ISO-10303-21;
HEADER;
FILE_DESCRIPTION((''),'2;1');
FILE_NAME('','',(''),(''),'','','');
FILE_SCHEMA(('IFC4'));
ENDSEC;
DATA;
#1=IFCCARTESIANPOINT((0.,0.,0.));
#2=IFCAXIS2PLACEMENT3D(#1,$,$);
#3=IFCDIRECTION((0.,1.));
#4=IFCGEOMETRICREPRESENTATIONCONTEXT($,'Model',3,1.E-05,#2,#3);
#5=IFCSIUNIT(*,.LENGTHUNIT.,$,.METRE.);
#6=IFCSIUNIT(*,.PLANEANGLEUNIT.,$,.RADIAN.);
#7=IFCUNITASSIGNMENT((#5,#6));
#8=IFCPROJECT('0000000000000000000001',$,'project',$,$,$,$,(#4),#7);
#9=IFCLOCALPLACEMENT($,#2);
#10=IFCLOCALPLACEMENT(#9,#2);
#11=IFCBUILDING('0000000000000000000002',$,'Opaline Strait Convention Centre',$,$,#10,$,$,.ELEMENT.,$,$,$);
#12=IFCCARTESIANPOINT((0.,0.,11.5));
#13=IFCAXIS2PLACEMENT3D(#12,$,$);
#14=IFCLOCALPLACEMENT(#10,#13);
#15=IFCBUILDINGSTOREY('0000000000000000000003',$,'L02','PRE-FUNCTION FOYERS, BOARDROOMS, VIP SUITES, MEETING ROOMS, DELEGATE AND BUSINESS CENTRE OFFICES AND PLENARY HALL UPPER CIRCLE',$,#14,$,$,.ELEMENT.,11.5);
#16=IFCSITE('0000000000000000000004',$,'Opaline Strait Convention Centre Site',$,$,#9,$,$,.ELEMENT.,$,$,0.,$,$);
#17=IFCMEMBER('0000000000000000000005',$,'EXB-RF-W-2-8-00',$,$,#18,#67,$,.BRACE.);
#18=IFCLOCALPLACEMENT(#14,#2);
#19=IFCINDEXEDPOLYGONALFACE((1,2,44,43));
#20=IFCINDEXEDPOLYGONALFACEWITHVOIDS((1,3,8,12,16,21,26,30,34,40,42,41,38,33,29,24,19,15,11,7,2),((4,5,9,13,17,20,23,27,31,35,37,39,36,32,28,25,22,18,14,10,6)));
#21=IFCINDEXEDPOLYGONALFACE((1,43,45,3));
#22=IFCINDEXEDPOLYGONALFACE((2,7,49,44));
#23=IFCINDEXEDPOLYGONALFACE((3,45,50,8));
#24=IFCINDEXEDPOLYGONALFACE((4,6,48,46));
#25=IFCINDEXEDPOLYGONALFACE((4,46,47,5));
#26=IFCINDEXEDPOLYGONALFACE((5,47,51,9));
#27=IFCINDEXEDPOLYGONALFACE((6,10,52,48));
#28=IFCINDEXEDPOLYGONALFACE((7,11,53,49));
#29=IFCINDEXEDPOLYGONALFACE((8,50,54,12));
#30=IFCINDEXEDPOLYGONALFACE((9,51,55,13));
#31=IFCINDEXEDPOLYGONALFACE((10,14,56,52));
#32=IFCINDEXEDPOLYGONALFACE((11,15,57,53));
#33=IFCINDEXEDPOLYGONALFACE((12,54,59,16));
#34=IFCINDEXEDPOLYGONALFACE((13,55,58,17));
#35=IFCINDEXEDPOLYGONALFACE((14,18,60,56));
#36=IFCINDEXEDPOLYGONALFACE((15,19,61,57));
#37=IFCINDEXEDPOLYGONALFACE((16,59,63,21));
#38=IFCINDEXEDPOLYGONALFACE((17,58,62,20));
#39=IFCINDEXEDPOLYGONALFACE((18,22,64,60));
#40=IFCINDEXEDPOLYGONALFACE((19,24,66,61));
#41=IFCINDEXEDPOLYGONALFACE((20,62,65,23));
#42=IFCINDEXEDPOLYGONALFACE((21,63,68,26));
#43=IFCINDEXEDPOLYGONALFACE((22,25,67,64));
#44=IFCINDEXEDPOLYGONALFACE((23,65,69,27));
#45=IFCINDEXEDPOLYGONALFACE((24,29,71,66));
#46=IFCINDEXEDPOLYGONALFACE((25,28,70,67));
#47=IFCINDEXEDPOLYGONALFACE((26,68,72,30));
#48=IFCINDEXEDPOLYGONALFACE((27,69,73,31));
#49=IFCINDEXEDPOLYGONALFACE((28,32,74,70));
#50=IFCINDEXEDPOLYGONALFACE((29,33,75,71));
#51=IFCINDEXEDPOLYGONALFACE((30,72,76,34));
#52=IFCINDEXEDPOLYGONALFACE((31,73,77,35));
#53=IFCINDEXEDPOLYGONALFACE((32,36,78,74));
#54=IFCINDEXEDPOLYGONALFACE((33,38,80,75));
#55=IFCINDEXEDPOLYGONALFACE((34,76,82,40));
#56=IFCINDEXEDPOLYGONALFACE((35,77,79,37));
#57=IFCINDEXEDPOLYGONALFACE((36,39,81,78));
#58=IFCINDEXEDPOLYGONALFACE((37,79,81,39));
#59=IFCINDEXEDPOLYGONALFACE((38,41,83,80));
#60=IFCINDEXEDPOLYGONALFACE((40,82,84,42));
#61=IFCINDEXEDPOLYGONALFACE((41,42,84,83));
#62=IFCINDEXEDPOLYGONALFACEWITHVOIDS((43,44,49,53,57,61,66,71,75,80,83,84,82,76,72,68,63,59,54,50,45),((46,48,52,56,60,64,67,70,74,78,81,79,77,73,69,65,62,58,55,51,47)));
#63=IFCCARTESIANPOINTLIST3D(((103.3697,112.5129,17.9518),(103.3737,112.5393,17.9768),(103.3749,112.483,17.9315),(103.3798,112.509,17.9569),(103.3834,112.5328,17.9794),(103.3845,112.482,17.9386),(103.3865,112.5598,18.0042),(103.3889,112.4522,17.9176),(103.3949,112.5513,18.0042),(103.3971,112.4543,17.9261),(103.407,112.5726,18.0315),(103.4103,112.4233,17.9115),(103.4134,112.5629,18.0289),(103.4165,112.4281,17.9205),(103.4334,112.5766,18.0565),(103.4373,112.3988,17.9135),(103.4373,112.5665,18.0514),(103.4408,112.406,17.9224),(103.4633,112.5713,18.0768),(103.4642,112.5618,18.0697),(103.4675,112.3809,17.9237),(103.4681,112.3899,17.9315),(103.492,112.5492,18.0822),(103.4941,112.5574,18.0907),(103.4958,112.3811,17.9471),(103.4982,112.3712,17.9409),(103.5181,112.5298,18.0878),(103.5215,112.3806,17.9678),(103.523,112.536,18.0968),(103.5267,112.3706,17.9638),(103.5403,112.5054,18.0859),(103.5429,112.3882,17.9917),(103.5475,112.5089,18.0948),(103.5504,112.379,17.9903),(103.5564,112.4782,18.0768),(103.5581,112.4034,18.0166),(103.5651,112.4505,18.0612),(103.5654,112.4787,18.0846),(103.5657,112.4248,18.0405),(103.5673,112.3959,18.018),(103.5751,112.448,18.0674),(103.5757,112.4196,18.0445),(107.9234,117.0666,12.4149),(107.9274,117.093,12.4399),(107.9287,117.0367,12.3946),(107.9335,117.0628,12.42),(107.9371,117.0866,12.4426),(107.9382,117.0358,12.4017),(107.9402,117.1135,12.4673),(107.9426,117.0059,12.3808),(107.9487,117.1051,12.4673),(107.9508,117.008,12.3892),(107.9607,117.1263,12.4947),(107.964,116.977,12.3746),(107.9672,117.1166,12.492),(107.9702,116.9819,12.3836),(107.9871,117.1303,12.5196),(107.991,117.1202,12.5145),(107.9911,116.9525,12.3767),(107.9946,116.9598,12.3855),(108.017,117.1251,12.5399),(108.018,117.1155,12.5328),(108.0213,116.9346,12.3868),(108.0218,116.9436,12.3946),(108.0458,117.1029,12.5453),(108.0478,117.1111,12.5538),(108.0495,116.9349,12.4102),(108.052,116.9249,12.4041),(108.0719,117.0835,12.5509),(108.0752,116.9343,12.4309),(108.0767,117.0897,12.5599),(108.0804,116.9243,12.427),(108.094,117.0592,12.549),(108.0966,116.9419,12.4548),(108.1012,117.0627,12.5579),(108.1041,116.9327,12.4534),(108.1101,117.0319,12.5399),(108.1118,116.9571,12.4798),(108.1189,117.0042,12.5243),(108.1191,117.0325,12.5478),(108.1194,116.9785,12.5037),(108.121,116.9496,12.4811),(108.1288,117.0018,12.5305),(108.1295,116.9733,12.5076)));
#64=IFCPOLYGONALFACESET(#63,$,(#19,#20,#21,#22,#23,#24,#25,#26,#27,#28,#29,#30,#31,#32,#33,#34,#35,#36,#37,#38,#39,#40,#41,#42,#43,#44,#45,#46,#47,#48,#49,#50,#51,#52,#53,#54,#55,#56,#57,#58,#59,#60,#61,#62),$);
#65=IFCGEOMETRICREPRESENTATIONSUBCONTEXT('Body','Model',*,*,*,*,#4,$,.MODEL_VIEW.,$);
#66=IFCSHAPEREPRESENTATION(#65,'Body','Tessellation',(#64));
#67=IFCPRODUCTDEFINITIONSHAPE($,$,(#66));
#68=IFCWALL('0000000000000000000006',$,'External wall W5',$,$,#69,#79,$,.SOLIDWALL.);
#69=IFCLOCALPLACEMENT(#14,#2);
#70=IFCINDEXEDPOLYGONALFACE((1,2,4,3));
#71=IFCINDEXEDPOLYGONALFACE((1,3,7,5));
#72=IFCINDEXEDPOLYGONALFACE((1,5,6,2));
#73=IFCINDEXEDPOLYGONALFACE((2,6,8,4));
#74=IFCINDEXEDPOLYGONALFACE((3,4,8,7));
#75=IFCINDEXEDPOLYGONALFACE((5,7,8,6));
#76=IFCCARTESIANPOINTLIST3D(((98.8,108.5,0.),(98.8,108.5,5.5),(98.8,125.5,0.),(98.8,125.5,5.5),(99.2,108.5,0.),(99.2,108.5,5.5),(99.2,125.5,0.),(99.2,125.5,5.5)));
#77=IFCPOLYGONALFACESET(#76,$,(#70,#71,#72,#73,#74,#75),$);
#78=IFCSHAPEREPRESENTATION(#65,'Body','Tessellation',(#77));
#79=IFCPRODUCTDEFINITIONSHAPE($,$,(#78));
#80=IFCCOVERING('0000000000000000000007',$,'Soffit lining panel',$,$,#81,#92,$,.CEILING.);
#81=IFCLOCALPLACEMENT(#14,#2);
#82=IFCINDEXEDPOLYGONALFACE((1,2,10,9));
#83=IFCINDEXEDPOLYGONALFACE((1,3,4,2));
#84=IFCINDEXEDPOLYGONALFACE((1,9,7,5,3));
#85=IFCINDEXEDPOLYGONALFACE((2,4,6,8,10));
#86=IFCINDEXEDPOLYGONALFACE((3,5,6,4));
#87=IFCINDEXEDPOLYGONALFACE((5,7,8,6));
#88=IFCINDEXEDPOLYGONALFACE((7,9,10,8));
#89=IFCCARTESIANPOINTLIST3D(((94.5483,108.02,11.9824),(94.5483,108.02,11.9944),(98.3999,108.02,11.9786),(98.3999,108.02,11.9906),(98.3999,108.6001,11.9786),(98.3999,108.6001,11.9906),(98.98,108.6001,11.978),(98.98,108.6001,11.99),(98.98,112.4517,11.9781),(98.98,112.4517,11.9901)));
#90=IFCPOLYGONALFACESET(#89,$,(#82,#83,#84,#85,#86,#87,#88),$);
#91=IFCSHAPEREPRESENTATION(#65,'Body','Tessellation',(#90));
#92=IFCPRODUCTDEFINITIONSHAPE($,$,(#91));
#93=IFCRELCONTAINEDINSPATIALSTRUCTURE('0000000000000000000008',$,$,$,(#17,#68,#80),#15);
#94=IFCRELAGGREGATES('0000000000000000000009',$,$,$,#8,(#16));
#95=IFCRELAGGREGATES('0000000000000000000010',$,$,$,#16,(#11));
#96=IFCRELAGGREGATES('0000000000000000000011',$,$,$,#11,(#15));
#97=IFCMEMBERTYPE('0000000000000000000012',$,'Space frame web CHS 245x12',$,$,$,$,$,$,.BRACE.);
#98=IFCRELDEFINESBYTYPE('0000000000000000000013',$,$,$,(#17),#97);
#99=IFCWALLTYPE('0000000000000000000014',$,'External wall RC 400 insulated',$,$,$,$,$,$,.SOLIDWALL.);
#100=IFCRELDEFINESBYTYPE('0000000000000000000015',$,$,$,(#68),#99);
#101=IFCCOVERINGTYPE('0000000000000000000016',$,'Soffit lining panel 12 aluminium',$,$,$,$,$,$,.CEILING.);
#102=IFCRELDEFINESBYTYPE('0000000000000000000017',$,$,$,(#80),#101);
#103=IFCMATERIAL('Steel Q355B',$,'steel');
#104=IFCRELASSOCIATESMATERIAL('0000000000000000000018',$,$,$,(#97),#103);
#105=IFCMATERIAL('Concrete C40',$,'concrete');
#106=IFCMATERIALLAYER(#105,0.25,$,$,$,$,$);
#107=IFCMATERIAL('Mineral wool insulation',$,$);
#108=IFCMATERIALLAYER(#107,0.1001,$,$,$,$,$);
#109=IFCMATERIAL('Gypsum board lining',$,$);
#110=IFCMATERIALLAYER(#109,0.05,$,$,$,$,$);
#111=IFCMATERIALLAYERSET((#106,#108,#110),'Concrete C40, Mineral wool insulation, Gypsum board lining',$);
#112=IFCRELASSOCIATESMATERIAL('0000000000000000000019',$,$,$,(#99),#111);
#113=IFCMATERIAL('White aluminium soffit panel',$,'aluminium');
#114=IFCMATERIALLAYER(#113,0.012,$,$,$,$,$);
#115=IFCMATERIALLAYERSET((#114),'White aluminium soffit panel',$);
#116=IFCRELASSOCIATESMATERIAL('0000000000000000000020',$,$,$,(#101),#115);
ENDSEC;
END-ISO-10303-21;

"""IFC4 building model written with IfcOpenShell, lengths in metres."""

from ifc_helpers import new_model, si_unit, direction, frame, frame_2d, origin, origin_2d, place, context, subcontext, project, spatial, polyline, rectangle, hollow_circle, outline, extrude, material, layer, layer_set, material_profile, profile_set, type_object, element, save


model = new_model("IFC4")

# Units and contexts
model_context = context("Model", 3, precision=1e-05, world=origin(), true_north=direction((0.0, 1.0)))
body_context = subcontext(model_context, "Body", "Model", "MODEL_VIEW")
ifc_project = project(units=[si_unit("LENGTHUNIT", "METRE"), si_unit("PLANEANGLEUNIT", "RADIAN")], contexts=[model_context])

# Site, building, storey
site_placement = place(None, origin())
site = spatial("IfcSite", under=ifc_project, at=site_placement, Name="Opaline Strait Convention Centre Site", CompositionType="ELEMENT", RefElevation=0.0)
building_placement = place(site_placement, origin())
building = spatial("IfcBuilding", under=site, at=building_placement, Name="Opaline Strait Convention Centre", CompositionType="ELEMENT")
storey_placement = place(building_placement, frame((0.0, 0.0, 11.5)))
storey = spatial("IfcBuildingStorey", under=building, at=storey_placement, Name="L02", Description="PRE-FUNCTION FOYERS, BOARDROOMS, VIP SUITES, MEETING ROOMS, DELEGATE AND BUSINESS CENTRE OFFICES AND PLENARY HALL UPPER CIRCLE", CompositionType="ELEMENT", Elevation=11.5)

# Shared definitions
ifc_material_1 = material(Name="Steel Q355B", Category="steel")

# Member
ifc_material_profile_1 = material_profile(ifc_material_1, hollow_circle(Radius=0.1226, WallThickness=0.012, at=origin_2d()), Name="CHS 245x12")
ifc_profile_set_1 = profile_set([ifc_material_profile_1], Name="Steel Q355B")
member_type_1 = type_object("IfcMemberType", Name="Space frame web CHS 245x12", PredefinedType="BRACE", material=ifc_profile_set_1)
for number, where, z_axis, x_axis, name in (
    (1, (103.4731, 112.4731, 18.0042), (0.536178, 0.536178, -0.65194), (-0.707107, 0.707107, 0.0), "EXB-RF-W-2-8-00"),
):
    element("IfcMember", number, at=place(storey_placement, frame(where, z_axis=z_axis, x_axis=x_axis)), inside=storey, type_object=member_type_1, Name=name, PredefinedType="BRACE", context=body_context, shape_type="SweptSolid", body=[
        extrude(hollow_circle(Radius=0.1226, WallThickness=0.012, at=origin_2d()), origin(), (0.0, 0.0, 1.0), 8.4929),
    ])

# Wall
ifc_material_2 = material(Name="Concrete C40", Category="concrete")
ifc_layer_1 = layer(ifc_material_2, 0.25)
ifc_material_3 = material(Name="Mineral wool insulation")
ifc_layer_2 = layer(ifc_material_3, 0.1001)
ifc_material_4 = material(Name="Gypsum board lining")
ifc_layer_3 = layer(ifc_material_4, 0.05)
ifc_layer_set_1 = layer_set([ifc_layer_1, ifc_layer_2, ifc_layer_3], Name="Concrete C40, Mineral wool insulation, Gypsum board lining")
wall_type = type_object("IfcWallType", Name="External wall RC 400 insulated", PredefinedType="SOLIDWALL", material=ifc_layer_set_1)
wall_placement = place(storey_placement, frame((99.0, 108.5, 0.0), z_axis=(0.0, 0.0, 1.0), x_axis=(0.0, 1.0, 0.0)))
element("IfcWall", 2, at=wall_placement, inside=storey, type_object=wall_type, Name="External wall W5", PredefinedType="SOLIDWALL", context=body_context, shape_type="SweptSolid", body=[
    extrude(rectangle(XDim=17.0, YDim=0.3999, at=frame_2d((8.5, 0.0))), origin(), (0.0, 0.0, 1.0), 5.5),
])

# Covering
ifc_material_5 = material(Name="White aluminium soffit panel", Category="aluminium")
ifc_layer_4 = layer(ifc_material_5, 0.012)
ifc_layer_set_2 = layer_set([ifc_layer_4], Name="White aluminium soffit panel")
covering_type = type_object("IfcCoveringType", Name="Soffit lining panel 12 aluminium", PredefinedType="CEILING", material=ifc_layer_set_2)
covering_placement = place(storey_placement, frame((98.98, 108.6001, 11.99), z_axis=(0.000997, -0.00002, 1.0), x_axis=(-1.0, 0.0, 0.000997)))
element("IfcCovering", 3, at=covering_placement, inside=storey, type_object=covering_type, Name="Soffit lining panel", PredefinedType="CEILING", context=body_context, shape_type="SweptSolid", body=[
    extrude(outline(polyline([(0.0, 0.0), (0.5801, 0.0), (0.5801, 0.5801), (4.4316, 0.5801), (0.0, -3.8516), (0.0, 0.0)])), origin(), (0.0, 0.0, -1.0), 0.012),
])

save(model, "model.ifc")
